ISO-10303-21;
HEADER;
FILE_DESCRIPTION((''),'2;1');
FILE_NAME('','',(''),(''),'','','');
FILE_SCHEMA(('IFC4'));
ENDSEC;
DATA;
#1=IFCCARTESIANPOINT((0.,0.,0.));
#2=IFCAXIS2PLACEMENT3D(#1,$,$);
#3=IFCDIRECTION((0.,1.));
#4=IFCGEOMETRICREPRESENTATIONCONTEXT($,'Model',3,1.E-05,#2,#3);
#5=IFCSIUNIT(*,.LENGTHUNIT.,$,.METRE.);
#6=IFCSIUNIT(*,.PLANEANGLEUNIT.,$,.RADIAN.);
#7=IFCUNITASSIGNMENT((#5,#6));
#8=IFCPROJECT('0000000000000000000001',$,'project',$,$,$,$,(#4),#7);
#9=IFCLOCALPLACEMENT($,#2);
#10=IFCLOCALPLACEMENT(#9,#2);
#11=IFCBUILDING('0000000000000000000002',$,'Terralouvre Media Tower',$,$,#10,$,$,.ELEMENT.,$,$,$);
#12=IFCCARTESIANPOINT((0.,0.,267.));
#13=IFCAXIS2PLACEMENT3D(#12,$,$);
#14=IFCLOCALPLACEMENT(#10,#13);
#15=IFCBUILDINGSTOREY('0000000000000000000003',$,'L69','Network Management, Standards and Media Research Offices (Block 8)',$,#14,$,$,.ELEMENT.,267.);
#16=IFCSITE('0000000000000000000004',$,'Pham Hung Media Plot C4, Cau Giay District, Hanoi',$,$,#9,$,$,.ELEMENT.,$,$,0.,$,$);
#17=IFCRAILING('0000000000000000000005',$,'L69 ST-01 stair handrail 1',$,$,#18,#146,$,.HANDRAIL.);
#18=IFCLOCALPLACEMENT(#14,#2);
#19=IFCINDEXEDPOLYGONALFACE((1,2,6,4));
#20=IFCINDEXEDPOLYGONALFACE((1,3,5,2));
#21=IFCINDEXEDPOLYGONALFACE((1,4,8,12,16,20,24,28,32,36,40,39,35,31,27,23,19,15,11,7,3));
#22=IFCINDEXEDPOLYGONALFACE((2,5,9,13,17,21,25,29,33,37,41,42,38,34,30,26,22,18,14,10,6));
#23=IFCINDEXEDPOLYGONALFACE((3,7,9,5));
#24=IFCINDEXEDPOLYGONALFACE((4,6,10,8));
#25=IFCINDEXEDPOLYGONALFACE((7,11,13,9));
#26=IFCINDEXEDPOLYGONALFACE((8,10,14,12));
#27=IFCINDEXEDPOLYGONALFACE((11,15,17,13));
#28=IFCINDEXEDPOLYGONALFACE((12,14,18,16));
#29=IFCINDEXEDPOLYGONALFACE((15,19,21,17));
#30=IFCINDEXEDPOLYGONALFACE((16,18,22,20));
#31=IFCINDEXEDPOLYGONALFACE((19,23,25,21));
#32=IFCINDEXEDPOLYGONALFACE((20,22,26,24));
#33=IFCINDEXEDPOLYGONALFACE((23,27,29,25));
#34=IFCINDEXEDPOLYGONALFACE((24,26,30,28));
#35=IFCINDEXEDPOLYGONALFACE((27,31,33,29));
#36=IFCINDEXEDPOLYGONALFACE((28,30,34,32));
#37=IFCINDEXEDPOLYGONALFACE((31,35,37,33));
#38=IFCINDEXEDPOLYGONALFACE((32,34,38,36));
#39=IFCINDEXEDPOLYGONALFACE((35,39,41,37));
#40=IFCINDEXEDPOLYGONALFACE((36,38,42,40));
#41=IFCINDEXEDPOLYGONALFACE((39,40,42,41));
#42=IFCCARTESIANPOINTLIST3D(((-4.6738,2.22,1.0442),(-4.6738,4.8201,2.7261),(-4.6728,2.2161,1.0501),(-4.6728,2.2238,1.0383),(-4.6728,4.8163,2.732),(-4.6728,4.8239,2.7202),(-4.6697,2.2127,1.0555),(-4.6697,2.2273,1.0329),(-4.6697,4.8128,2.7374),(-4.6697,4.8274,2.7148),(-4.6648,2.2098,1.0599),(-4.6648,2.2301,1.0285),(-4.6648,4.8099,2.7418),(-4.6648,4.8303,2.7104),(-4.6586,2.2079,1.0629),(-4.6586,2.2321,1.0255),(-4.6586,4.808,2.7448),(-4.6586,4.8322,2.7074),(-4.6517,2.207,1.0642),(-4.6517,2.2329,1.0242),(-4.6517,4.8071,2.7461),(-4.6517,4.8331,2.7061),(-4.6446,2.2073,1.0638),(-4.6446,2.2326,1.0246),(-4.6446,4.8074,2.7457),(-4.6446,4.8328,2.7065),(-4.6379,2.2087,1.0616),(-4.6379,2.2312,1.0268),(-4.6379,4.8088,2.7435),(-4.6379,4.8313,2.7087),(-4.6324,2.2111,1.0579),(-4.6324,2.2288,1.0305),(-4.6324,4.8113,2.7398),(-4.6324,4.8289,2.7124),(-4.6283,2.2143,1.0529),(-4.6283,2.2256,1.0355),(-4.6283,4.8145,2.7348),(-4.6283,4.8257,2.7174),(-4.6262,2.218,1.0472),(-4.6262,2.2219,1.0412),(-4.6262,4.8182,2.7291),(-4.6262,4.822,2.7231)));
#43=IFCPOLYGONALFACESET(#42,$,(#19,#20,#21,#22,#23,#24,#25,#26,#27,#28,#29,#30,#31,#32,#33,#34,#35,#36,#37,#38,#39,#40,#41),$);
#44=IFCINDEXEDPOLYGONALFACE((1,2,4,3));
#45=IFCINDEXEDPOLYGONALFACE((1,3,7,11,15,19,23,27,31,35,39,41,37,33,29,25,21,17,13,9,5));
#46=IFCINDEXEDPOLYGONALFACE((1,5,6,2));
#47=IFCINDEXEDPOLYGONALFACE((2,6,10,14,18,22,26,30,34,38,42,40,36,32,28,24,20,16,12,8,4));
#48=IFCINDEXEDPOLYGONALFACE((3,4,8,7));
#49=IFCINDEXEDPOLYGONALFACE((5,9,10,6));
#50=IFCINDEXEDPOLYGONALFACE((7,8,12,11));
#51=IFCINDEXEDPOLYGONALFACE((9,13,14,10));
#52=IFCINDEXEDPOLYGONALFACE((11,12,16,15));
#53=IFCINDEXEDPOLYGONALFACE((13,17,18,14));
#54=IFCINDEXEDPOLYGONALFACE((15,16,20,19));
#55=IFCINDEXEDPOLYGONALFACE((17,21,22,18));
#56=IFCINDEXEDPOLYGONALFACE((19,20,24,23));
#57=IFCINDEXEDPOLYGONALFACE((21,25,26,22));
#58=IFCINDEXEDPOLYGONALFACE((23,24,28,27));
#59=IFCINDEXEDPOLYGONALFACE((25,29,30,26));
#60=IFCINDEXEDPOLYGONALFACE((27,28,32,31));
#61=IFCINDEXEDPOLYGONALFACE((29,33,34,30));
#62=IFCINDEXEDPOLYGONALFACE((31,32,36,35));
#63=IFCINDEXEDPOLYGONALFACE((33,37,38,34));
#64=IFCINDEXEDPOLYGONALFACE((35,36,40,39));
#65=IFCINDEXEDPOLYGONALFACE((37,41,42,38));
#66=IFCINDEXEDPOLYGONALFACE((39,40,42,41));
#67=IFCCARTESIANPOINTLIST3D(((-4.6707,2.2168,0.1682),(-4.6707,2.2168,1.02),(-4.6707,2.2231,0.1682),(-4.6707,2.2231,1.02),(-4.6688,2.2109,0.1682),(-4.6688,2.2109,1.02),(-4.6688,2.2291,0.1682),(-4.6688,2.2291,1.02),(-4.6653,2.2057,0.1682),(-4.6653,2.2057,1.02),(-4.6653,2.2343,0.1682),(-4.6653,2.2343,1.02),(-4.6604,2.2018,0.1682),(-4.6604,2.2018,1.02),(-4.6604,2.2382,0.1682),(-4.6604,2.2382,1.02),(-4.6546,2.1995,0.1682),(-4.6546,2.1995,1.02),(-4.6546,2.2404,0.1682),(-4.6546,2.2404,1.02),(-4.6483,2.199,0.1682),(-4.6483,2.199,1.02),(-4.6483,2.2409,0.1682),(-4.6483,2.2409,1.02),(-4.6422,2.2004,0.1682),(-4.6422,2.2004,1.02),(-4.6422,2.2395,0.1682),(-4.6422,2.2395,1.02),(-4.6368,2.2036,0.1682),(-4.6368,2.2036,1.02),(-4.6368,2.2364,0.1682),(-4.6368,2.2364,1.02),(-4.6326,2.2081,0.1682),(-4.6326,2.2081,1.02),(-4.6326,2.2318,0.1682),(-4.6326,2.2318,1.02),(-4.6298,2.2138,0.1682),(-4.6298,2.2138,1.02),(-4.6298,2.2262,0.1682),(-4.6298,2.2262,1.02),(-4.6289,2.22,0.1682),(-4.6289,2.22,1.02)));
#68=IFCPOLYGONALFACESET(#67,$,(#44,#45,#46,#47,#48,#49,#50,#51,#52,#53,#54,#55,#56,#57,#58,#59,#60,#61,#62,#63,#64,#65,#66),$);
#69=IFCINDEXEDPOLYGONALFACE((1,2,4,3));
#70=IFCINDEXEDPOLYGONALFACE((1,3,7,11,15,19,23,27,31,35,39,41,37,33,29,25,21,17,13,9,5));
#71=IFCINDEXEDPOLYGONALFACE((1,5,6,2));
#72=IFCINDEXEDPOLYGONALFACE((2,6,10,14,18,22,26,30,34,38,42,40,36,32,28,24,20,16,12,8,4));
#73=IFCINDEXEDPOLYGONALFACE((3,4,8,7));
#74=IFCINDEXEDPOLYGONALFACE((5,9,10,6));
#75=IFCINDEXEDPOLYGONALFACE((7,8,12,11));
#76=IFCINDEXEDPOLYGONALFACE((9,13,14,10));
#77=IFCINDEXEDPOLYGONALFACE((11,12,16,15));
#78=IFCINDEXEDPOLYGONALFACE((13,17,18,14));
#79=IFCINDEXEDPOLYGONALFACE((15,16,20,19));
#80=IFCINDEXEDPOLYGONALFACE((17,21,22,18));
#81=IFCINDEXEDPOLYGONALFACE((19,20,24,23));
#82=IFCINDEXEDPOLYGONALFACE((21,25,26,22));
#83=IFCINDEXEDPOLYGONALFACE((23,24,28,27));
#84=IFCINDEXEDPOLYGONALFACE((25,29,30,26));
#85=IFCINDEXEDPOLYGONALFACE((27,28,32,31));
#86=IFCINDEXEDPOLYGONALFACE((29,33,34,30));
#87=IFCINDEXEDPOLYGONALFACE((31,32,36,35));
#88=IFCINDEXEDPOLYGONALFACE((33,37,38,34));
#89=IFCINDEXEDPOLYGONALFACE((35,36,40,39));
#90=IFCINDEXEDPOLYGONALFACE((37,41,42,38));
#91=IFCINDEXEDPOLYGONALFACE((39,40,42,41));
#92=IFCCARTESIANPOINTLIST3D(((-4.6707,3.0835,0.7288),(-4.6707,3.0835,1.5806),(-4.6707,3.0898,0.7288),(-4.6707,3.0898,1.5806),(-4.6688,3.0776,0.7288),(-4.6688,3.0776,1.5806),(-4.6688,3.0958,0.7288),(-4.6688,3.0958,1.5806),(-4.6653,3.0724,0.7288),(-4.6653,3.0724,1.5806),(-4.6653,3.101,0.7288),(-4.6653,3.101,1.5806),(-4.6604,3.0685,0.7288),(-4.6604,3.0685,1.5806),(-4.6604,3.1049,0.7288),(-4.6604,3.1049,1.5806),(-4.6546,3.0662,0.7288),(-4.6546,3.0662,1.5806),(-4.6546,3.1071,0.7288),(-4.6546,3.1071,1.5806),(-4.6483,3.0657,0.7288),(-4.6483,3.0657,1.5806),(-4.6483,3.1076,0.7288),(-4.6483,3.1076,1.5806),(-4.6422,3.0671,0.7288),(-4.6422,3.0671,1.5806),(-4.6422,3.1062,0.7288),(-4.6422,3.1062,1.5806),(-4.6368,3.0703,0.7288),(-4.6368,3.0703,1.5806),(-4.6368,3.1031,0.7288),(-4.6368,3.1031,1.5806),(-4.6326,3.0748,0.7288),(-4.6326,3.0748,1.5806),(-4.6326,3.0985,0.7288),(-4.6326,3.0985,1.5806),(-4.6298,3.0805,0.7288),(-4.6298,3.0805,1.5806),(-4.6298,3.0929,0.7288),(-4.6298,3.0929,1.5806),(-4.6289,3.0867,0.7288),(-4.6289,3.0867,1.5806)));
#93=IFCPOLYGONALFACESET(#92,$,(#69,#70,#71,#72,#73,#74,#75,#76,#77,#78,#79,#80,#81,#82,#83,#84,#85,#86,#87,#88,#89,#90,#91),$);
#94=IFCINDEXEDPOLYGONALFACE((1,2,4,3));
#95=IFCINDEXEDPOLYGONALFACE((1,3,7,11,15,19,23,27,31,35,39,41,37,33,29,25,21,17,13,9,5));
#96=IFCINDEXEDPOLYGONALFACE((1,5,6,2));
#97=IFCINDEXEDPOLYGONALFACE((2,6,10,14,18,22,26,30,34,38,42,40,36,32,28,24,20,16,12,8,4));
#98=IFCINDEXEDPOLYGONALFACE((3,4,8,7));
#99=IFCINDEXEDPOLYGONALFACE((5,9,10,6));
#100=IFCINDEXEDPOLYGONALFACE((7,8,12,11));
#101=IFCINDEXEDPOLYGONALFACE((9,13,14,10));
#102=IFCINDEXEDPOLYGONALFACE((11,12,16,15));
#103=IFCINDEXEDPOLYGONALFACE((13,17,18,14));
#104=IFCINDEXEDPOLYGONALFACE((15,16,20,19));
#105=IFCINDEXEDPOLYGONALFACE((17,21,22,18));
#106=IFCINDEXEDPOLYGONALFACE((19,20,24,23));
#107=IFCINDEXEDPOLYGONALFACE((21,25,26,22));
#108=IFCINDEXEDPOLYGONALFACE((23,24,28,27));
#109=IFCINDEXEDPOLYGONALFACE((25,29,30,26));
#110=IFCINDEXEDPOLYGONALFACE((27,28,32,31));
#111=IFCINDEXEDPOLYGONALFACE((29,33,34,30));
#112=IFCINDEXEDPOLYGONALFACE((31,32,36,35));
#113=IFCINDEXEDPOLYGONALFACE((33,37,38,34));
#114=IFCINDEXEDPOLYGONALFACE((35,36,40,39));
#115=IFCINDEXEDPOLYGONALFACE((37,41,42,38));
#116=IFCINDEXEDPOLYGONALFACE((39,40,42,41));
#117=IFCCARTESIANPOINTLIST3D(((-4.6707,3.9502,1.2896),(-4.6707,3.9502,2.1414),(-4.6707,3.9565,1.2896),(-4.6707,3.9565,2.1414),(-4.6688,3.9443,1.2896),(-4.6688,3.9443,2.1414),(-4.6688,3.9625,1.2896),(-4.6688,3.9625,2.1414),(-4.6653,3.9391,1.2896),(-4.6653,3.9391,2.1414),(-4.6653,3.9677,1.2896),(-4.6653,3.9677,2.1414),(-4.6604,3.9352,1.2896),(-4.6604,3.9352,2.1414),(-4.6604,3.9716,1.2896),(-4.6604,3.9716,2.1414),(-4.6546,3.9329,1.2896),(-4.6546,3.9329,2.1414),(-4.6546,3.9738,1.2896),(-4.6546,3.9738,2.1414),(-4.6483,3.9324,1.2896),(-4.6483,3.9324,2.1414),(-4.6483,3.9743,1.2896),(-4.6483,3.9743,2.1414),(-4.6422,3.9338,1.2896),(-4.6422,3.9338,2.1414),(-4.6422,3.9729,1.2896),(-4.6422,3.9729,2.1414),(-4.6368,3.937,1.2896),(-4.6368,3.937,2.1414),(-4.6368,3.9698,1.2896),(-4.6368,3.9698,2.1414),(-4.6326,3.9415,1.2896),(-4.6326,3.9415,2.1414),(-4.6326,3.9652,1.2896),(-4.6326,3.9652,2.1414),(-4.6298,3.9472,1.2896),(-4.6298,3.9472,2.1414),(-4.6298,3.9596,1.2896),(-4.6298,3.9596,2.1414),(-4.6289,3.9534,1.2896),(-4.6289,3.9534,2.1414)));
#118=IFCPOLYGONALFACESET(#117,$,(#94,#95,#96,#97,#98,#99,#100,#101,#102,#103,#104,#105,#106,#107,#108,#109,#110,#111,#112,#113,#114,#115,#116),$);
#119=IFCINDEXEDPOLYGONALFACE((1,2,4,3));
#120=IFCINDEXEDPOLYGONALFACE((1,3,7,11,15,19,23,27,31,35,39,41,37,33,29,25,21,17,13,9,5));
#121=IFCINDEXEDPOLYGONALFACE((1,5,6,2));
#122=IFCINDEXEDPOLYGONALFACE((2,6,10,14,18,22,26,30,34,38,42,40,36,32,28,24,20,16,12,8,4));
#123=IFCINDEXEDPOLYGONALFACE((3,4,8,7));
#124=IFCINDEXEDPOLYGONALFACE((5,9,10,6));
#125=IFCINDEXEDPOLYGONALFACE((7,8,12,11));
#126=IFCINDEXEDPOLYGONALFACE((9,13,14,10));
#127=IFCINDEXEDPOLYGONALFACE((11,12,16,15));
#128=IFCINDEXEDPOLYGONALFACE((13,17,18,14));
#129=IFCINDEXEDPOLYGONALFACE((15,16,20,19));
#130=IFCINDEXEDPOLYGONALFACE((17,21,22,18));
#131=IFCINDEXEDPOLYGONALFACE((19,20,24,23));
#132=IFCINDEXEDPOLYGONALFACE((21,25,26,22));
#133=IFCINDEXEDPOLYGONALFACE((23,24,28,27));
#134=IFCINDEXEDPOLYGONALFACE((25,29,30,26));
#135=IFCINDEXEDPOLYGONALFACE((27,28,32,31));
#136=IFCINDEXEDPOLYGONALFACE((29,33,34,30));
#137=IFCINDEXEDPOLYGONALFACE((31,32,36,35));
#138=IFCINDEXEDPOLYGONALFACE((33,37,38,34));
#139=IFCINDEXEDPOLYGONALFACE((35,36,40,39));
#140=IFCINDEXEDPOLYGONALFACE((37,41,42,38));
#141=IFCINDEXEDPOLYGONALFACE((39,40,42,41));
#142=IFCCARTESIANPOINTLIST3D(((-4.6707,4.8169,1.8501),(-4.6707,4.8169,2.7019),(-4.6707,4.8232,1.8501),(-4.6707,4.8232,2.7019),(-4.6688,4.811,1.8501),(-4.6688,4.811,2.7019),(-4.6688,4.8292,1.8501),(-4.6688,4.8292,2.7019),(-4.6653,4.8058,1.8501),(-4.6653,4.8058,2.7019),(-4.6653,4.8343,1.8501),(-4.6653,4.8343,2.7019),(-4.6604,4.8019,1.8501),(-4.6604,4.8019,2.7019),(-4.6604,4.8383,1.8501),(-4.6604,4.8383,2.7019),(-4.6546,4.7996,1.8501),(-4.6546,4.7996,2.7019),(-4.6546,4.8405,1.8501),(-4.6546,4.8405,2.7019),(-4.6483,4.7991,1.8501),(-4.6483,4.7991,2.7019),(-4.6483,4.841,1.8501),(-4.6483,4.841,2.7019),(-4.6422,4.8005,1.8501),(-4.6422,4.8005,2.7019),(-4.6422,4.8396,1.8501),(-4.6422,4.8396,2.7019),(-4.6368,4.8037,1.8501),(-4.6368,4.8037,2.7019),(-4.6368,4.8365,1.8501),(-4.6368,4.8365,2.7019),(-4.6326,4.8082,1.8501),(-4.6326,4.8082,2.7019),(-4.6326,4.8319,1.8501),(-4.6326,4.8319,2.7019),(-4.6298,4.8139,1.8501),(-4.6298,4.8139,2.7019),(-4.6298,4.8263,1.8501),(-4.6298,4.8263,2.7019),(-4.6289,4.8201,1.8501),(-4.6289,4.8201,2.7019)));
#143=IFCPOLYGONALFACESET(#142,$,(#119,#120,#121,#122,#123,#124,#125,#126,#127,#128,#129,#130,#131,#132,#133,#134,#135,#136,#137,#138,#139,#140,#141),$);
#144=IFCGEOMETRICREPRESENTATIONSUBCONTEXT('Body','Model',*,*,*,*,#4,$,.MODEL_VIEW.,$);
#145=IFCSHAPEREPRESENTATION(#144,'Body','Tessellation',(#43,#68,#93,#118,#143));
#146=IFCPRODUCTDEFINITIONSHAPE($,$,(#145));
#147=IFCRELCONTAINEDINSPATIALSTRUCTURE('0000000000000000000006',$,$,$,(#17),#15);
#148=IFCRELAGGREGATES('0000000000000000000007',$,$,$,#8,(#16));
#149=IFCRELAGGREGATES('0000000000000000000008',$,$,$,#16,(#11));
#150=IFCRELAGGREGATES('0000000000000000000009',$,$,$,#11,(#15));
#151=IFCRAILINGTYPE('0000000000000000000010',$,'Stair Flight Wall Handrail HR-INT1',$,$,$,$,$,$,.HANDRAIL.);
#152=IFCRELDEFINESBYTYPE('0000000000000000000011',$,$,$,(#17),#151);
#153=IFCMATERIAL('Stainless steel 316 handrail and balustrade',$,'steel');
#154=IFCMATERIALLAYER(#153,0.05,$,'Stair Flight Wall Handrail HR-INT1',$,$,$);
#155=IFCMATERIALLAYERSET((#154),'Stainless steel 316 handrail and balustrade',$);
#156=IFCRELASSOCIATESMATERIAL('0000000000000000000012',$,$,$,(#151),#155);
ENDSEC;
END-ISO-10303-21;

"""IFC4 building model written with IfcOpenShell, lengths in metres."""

from ifc_helpers import new_model, si_unit, direction, frame, origin, origin_2d, place, context, subcontext, project, spatial, circle, extrude, material, layer, layer_set, type_object, element, save


model = new_model("IFC4")

# Units and contexts
model_context = context("Model", 3, precision=1e-05, world=origin(), true_north=direction((0.0, 1.0)))
body_context = subcontext(model_context, "Body", "Model", "MODEL_VIEW")
ifc_project = project(units=[si_unit("LENGTHUNIT", "METRE"), si_unit("PLANEANGLEUNIT", "RADIAN")], contexts=[model_context])

# Site, building, storey
site_placement = place(None, origin())
site = spatial("IfcSite", under=ifc_project, at=site_placement, Name="Pham Hung Media Plot C4, Cau Giay District, Hanoi", CompositionType="ELEMENT", RefElevation=0.0)
building_placement = place(site_placement, origin())
building = spatial("IfcBuilding", under=site, at=building_placement, Name="Terralouvre Media Tower", CompositionType="ELEMENT")
storey_placement = place(building_placement, frame((0.0, 0.0, 267.0)))
storey = spatial("IfcBuildingStorey", under=building, at=storey_placement, Name="L69", Description="Network Management, Standards and Media Research Offices (Block 8)", CompositionType="ELEMENT", Elevation=267.0)

# Railing
ifc_material_1 = material(Name="Stainless steel 316 handrail and balustrade", Category="steel")
ifc_layer_1 = layer(ifc_material_1, 0.05, Name="Stair Flight Wall Handrail HR-INT1")
ifc_layer_set_1 = layer_set([ifc_layer_1], Name="Stainless steel 316 handrail and balustrade")
railing_type_1 = type_object("IfcRailingType", Name="Stair Flight Wall Handrail HR-INT1", PredefinedType="HANDRAIL", material=ifc_layer_set_1)
railing_1_placement = place(storey_placement, frame((-4.6499, 2.22, 0.1682)))
element("IfcRailing", 1, at=railing_1_placement, inside=storey, type_object=railing_type_1, Name="L69 ST-01 stair handrail 1", PredefinedType="HANDRAIL", context=body_context, shape_type="SweptSolid", body=[
    extrude(circle(Radius=0.0239, at=origin_2d()), frame((0.0, 0.0, 0.876), z_axis=(0.0, 0.839648, 0.54313), x_axis=(-1.0, 0.0, 0.0)), (0.0, 0.0, 1.0), 3.0967),
    extrude(circle(Radius=0.021, at=origin_2d()), origin(), (0.0, 0.0, 1.0), 0.8518),
    extrude(circle(Radius=0.021, at=origin_2d()), frame((0.0, 0.8667, 0.5605)), (0.0, 0.0, 1.0), 0.8518),
    extrude(circle(Radius=0.021, at=origin_2d()), frame((0.0, 1.7334, 1.1213)), (0.0, 0.0, 1.0), 0.8518),
    extrude(circle(Radius=0.021, at=origin_2d()), frame((0.0, 2.6001, 1.6819)), (0.0, 0.0, 1.0), 0.8518),
])

save(model, "model.ifc")
